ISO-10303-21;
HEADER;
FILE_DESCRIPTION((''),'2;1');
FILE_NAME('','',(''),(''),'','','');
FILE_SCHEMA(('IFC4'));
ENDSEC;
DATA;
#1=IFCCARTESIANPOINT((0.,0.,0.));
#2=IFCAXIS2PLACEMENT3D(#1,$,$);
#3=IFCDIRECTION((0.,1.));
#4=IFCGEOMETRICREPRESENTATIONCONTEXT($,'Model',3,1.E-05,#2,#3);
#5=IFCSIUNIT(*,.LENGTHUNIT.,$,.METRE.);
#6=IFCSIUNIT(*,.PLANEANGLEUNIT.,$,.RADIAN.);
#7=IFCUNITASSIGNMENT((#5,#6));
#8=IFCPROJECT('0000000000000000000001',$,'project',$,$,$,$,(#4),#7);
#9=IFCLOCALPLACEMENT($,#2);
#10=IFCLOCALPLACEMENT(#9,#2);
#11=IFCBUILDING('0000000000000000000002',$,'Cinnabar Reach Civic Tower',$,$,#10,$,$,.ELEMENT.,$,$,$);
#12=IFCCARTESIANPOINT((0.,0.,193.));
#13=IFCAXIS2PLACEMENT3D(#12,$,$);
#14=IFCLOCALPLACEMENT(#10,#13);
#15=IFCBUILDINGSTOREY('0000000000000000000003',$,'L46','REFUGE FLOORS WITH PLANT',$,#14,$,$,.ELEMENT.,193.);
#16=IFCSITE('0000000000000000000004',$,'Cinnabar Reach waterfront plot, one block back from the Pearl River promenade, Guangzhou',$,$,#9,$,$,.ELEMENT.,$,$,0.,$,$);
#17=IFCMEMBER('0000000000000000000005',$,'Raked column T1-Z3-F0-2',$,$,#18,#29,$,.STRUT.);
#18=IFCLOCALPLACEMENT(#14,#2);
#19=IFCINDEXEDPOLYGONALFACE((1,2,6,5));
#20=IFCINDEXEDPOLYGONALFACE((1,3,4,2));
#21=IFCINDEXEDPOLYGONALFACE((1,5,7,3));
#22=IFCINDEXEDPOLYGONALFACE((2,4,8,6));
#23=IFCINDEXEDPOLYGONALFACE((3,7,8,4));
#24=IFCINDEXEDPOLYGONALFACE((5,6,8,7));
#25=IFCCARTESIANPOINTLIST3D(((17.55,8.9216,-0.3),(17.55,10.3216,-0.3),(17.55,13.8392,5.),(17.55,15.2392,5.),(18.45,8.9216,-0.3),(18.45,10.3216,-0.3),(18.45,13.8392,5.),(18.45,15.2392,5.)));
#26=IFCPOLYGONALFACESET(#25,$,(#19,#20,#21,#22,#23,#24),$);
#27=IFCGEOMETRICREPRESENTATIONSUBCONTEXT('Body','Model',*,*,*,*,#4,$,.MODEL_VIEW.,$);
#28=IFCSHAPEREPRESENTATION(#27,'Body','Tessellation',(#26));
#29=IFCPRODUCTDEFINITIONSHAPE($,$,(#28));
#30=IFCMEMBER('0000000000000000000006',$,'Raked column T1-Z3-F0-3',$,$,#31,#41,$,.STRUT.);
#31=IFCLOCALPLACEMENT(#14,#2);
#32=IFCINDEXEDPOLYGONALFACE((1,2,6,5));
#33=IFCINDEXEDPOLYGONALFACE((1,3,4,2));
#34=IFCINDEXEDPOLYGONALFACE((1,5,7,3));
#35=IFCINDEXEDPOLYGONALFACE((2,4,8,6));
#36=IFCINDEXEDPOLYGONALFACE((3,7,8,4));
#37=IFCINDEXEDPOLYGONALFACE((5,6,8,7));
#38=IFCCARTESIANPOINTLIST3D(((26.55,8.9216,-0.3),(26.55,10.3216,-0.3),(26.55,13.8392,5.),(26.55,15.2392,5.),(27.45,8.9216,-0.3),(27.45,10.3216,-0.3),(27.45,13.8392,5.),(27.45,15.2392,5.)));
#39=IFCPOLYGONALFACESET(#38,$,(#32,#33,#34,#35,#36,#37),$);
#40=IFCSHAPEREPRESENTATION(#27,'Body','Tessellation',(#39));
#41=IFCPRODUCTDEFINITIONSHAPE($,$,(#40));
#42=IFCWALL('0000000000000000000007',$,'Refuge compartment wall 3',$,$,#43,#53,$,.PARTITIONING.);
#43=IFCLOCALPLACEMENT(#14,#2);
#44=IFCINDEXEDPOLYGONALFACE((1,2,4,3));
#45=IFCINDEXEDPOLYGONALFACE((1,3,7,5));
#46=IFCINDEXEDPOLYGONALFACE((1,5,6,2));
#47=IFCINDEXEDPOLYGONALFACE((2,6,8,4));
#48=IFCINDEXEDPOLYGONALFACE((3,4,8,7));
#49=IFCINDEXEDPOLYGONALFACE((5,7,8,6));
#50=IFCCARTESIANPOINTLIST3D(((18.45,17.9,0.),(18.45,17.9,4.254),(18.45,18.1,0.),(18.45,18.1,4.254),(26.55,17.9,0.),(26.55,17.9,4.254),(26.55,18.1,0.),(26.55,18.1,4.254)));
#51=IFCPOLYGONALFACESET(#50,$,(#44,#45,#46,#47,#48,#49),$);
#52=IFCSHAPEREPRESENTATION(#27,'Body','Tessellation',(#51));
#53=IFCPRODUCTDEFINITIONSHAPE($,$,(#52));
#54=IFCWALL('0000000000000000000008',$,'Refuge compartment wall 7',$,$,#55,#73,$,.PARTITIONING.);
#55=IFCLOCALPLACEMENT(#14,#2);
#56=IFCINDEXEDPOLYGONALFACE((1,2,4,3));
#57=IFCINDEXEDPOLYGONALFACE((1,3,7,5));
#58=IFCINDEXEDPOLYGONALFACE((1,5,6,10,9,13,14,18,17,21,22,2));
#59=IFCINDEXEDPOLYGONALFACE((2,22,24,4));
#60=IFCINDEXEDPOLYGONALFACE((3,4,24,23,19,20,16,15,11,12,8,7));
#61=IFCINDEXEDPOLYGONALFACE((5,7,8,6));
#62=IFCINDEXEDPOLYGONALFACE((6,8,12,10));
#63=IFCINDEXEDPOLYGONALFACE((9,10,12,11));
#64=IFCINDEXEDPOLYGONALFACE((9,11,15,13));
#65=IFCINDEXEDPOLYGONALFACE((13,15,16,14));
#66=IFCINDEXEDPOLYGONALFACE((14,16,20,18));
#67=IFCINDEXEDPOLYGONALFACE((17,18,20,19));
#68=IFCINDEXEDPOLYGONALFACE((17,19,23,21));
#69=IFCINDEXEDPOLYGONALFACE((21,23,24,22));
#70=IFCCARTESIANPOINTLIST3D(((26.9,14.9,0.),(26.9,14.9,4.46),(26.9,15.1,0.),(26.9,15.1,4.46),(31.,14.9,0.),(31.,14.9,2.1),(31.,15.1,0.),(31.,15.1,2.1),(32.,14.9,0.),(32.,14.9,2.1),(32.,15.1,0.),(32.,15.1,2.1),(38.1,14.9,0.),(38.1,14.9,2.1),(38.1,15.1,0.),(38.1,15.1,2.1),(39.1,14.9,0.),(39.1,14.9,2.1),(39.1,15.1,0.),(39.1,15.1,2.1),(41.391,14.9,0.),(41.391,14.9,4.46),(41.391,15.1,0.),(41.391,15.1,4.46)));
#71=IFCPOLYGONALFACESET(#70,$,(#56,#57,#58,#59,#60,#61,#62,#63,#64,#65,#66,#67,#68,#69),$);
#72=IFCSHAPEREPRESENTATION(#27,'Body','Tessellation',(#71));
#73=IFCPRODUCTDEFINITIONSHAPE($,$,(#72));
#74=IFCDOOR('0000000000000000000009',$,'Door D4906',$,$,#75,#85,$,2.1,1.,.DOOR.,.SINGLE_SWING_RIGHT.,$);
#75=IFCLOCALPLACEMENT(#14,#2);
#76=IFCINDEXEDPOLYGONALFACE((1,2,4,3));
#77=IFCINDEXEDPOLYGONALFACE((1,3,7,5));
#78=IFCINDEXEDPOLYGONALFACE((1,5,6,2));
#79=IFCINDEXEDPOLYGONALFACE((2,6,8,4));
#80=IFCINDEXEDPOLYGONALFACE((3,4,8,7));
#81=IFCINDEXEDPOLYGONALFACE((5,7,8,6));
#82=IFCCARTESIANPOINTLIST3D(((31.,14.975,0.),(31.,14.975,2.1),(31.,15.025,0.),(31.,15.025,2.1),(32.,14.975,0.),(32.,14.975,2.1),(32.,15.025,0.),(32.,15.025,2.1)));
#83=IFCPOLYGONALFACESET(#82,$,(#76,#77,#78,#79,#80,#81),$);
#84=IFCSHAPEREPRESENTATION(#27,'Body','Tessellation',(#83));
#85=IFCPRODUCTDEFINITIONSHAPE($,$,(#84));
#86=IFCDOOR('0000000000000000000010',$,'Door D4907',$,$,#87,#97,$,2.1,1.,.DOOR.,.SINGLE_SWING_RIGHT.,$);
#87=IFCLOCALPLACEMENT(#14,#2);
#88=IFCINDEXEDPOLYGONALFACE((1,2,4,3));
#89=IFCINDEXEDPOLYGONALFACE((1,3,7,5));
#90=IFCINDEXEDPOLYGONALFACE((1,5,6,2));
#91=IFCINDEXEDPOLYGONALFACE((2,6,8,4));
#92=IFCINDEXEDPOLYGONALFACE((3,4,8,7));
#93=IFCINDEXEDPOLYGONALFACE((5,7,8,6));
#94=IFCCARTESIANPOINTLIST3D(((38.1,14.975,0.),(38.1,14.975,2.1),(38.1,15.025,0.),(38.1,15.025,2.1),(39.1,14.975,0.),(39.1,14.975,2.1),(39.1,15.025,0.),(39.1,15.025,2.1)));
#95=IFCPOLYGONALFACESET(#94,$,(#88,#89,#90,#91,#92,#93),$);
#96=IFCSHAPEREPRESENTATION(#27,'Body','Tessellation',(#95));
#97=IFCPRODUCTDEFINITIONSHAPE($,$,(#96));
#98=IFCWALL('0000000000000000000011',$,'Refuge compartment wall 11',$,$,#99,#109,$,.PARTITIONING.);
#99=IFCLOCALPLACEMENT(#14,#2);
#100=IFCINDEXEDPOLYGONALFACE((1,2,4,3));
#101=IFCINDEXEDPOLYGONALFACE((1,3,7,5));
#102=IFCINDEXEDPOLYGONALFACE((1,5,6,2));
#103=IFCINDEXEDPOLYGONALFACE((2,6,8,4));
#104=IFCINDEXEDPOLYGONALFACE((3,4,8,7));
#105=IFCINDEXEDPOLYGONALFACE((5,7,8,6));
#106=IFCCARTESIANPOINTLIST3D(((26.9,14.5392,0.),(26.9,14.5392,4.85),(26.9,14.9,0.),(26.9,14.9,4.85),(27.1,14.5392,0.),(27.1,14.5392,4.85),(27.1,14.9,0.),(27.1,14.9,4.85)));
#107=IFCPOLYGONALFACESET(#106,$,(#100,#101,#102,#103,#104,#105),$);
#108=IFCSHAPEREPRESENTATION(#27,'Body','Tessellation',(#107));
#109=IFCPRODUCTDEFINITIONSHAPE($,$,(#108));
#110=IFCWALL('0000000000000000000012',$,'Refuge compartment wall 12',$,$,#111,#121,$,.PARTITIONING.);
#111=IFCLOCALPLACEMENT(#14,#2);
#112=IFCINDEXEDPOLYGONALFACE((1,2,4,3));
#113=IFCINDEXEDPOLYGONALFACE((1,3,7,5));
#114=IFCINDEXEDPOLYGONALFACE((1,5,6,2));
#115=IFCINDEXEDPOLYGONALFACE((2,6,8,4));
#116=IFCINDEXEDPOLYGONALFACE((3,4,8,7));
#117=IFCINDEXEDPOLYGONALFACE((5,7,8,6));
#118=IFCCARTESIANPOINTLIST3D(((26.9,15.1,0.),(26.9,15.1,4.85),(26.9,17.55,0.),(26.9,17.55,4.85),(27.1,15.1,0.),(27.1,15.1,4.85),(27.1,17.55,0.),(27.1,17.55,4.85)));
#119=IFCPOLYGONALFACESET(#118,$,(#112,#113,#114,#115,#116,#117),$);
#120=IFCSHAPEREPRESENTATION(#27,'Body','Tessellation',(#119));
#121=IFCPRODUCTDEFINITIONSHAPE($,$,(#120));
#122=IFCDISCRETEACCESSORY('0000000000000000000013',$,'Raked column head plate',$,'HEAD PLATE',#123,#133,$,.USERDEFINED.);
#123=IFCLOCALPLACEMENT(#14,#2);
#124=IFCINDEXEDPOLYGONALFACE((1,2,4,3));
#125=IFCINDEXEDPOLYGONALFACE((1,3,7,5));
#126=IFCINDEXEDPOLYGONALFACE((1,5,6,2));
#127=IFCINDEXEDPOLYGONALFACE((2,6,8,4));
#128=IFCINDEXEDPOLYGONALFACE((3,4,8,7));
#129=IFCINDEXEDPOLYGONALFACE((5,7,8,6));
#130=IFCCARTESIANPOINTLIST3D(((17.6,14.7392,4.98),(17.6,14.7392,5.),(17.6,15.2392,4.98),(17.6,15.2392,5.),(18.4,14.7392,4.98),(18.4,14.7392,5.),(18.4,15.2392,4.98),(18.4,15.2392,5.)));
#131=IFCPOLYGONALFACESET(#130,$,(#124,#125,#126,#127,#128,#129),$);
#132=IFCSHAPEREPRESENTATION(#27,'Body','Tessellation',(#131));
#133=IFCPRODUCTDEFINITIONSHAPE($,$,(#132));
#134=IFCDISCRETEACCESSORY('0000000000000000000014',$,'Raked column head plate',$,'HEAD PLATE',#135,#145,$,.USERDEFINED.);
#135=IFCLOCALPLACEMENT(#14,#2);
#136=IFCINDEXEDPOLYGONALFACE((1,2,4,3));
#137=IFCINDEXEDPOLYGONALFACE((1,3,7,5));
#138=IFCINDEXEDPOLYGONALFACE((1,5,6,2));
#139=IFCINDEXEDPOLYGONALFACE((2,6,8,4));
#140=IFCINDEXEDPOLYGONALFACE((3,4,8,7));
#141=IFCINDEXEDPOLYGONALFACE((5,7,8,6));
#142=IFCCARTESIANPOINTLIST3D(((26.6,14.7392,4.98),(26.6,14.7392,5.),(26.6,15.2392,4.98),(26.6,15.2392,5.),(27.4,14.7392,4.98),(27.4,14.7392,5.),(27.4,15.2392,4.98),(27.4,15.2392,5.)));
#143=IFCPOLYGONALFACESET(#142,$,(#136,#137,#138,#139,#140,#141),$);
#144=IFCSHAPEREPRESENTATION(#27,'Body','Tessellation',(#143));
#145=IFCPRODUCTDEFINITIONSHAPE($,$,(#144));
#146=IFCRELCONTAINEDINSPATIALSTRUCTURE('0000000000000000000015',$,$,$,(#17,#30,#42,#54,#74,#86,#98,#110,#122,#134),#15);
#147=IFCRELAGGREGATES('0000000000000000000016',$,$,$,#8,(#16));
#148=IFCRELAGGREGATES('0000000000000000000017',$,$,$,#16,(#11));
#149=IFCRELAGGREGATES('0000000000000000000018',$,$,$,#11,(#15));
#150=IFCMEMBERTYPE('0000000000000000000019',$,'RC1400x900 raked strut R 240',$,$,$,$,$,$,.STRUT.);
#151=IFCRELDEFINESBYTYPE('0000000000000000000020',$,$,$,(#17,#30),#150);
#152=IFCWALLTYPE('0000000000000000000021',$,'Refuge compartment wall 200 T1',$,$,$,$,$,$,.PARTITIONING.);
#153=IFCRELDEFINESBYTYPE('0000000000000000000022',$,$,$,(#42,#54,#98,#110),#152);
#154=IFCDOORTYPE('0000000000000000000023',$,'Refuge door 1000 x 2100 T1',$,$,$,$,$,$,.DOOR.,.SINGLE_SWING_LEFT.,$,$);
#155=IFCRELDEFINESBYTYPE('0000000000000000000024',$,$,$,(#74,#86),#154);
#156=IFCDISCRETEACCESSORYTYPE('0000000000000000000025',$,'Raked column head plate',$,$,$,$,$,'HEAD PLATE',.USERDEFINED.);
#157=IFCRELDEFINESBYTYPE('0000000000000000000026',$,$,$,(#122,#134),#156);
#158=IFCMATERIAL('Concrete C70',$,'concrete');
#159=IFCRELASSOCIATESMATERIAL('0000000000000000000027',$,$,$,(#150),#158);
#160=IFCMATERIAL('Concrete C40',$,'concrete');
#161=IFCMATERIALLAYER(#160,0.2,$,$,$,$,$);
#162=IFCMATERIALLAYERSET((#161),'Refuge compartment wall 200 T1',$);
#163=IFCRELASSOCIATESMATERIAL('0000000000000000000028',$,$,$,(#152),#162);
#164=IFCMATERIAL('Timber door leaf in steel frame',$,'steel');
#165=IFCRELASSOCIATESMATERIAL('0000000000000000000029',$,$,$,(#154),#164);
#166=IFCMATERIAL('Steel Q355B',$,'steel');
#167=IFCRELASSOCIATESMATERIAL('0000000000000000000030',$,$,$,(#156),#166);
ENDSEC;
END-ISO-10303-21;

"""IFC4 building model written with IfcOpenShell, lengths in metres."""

from ifc_helpers import new_model, si_unit, direction, frame, frame_2d, origin, origin_2d, place, context, subcontext, project, spatial, rectangle, extrude, material, layer, layer_set, material_profile, profile_set, type_object, element, fill, save


model = new_model("IFC4")

# Units and contexts
model_context = context("Model", 3, precision=1e-05, world=origin(), true_north=direction((0.0, 1.0)))
body_context = subcontext(model_context, "Body", "Model", "MODEL_VIEW")
ifc_project = project(units=[si_unit("LENGTHUNIT", "METRE"), si_unit("PLANEANGLEUNIT", "RADIAN")], contexts=[model_context])

# Site, building, storey
site_placement = place(None, origin())
site = spatial("IfcSite", under=ifc_project, at=site_placement, Name="Cinnabar Reach waterfront plot, one block back from the Pearl River promenade, Guangzhou", CompositionType="ELEMENT", RefElevation=0.0)
building_placement = place(site_placement, origin())
building = spatial("IfcBuilding", under=site, at=building_placement, Name="Cinnabar Reach Civic Tower", CompositionType="ELEMENT")
storey_placement = place(building_placement, frame((0.0, 0.0, 193.0)))
storey = spatial("IfcBuildingStorey", under=building, at=storey_placement, Name="L46", Description="REFUGE FLOORS WITH PLANT", CompositionType="ELEMENT", Elevation=193.0)

# Shared definitions
ifc_material_1 = material(Name="Concrete C70", Category="concrete")

# Shared definitions
ifc_material_2 = material(Name="Steel Q355B", Category="steel")

# Members
ifc_material_profile_1 = material_profile(ifc_material_1, rectangle(XDim=1.4, YDim=0.9, at=origin_2d()), Name="RC1400x900")
ifc_profile_set_1 = profile_set([ifc_material_profile_1], Name="Concrete C70")
member_type = type_object("IfcMemberType", Name="RC1400x900 raked strut R 240", PredefinedType="STRUT", material=ifc_profile_set_1)
for number, where, z_axis, x_axis, name in (
    (1, (18.0, 9.6216, -0.3), (0.0, 0.0, 1.0), (0.0, 1.0, 0.0), "Raked column T1-Z3-F0-2"),
    (2, (27.0, 9.6216, -0.3), (0.0, 0.0, 1.0), (0.0, 1.0, 0.0), "Raked column T1-Z3-F0-3"),
):
    element("IfcMember", number, at=place(storey_placement, frame(where, z_axis=z_axis, x_axis=x_axis)), inside=storey, type_object=member_type, Name=name, PredefinedType="STRUT", context=body_context, shape_type="SweptSolid", body=[
        extrude(rectangle(XDim=1.4, YDim=0.9, at=origin_2d()), origin(), (0.680167, 0.0, 0.733057), 7.23),
    ])

# Wall
ifc_material_3 = material(Name="Concrete C40", Category="concrete")
ifc_layer = layer(ifc_material_3, 0.2)
ifc_layer_set = layer_set([ifc_layer], Name="Refuge compartment wall 200 T1")
wall_type = type_object("IfcWallType", Name="Refuge compartment wall 200 T1", PredefinedType="PARTITIONING", material=ifc_layer_set)
wall_1_placement = place(storey_placement, frame((18.45, 18.0, 0.0), z_axis=(0.0, 0.0, 1.0), x_axis=(1.0, 0.0, 0.0)))
element("IfcWall", 3, at=wall_1_placement, inside=storey, type_object=wall_type, Name="Refuge compartment wall 3", PredefinedType="PARTITIONING", context=body_context, shape_type="SweptSolid", body=[
    extrude(rectangle(XDim=8.1, YDim=0.2, at=frame_2d((4.05, 0.0))), origin(), (0.0, 0.0, 1.0), 4.254),
])

# Wall, openings, doors
wall_2_placement = place(storey_placement, frame((26.9, 15.0, 0.0), z_axis=(0.0, 0.0, 1.0), x_axis=(1.0, 0.0, 0.0)))
wall_2 = element("IfcWall", 4, at=wall_2_placement, inside=storey, type_object=wall_type, Name="Refuge compartment wall 7", PredefinedType="PARTITIONING", context=body_context, shape_type="SweptSolid", body=[
    extrude(rectangle(XDim=14.491, YDim=0.2, at=frame_2d((7.2455, 0.0))), origin(), (0.0, 0.0, 1.0), 4.46),
])
opening_1_placement = place(wall_2_placement, frame((4.1, 0.0, 0.0)))
opening_1 = element("IfcOpeningElement", 5, at=opening_1_placement, cuts=wall_2, PredefinedType="OPENING", context=body_context, shape_type="SweptSolid", body=[
    extrude(rectangle(XDim=1.0, YDim=2.1, at=frame_2d((0.5, 1.05))), frame((0.0, 0.11, 0.0), z_axis=(0.0, -1.0, 0.0), x_axis=(1.0, 0.0, 0.0)), (0.0, 0.0, 1.0), 0.22),
])
opening_2_placement = place(wall_2_placement, frame((11.2, 0.0, 0.0)))
opening_2 = element("IfcOpeningElement", 6, at=opening_2_placement, cuts=wall_2, PredefinedType="OPENING", context=body_context, shape_type="SweptSolid", body=[
    extrude(rectangle(XDim=1.0, YDim=2.1, at=frame_2d((0.5, 1.05))), frame((0.0, 0.11, 0.0), z_axis=(0.0, -1.0, 0.0), x_axis=(1.0, 0.0, 0.0)), (0.0, 0.0, 1.0), 0.22),
])
ifc_material_4 = material(Name="Timber door leaf in steel frame", Category="steel")
door_type = type_object("IfcDoorType", Name="Refuge door 1000 x 2100 T1", OperationType="SINGLE_SWING_LEFT", PredefinedType="DOOR", material=ifc_material_4)
door_1_placement = place(opening_1_placement, origin())
door_1 = element("IfcDoor", 7, at=door_1_placement, inside=storey, type_object=door_type, Name="Door D4906", OperationType="SINGLE_SWING_RIGHT", OverallHeight=2.1, OverallWidth=1.0, PredefinedType="DOOR", context=body_context, shape_type="SweptSolid", body=[
    extrude(rectangle(XDim=1.0, YDim=2.1, at=frame_2d((0.5, 1.05))), frame((0.0, 0.025, 0.0), z_axis=(0.0, -1.0, 0.0), x_axis=(1.0, 0.0, 0.0)), (0.0, 0.0, 1.0), 0.05),
])
fill(opening_1, door_1)
door_2_placement = place(opening_2_placement, origin())
door_2 = element("IfcDoor", 8, at=door_2_placement, inside=storey, type_object=door_type, Name="Door D4907", OperationType="SINGLE_SWING_RIGHT", OverallHeight=2.1, OverallWidth=1.0, PredefinedType="DOOR", context=body_context, shape_type="SweptSolid", body=[
    extrude(rectangle(XDim=1.0, YDim=2.1, at=frame_2d((0.5, 1.05))), frame((0.0, 0.025, 0.0), z_axis=(0.0, -1.0, 0.0), x_axis=(1.0, 0.0, 0.0)), (0.0, 0.0, 1.0), 0.05),
])
fill(opening_2, door_2)

# Walls
wall_3_placement = place(storey_placement, frame((27.0, 14.5392, 0.0), z_axis=(0.0, 0.0, 1.0), x_axis=(0.0, 1.0, 0.0)))
element("IfcWall", 9, at=wall_3_placement, inside=storey, type_object=wall_type, Name="Refuge compartment wall 11", PredefinedType="PARTITIONING", context=body_context, shape_type="SweptSolid", body=[
    extrude(rectangle(XDim=0.3608, YDim=0.2, at=frame_2d((0.1804, 0.0))), origin(), (0.0, 0.0, 1.0), 4.85),
])
wall_4_placement = place(storey_placement, frame((27.0, 15.1, 0.0), z_axis=(0.0, 0.0, 1.0), x_axis=(0.0, 1.0, 0.0)))
element("IfcWall", 10, at=wall_4_placement, inside=storey, type_object=wall_type, Name="Refuge compartment wall 12", PredefinedType="PARTITIONING", context=body_context, shape_type="SweptSolid", body=[
    extrude(rectangle(XDim=2.45, YDim=0.2, at=frame_2d((1.225, 0.0))), origin(), (0.0, 0.0, 1.0), 4.85),
])

# Discrete accessories
discrete_accessory_type = type_object("IfcDiscreteAccessoryType", Name="Raked column head plate", ElementType="HEAD PLATE", PredefinedType="USERDEFINED", material=ifc_material_2)
for number, where, z_axis, x_axis, name in (
    (11, (18.0, 14.9892, 4.98), (0.0, 0.0, 1.0), (0.0, 1.0, 0.0), "Raked column head plate"),
    (12, (27.0, 14.9892, 4.98), (0.0, 0.0, 1.0), (0.0, 1.0, 0.0), "Raked column head plate"),
):
    element("IfcDiscreteAccessory", number, at=place(storey_placement, frame(where, z_axis=z_axis, x_axis=x_axis)), inside=storey, type_object=discrete_accessory_type, Name=name, ObjectType="HEAD PLATE", PredefinedType="USERDEFINED", context=body_context, shape_type="SweptSolid", body=[
        extrude(rectangle(XDim=0.5, YDim=0.8, at=origin_2d()), origin(), (0.0, 0.0, 1.0), 0.02),
    ])

save(model, "model.ifc")
